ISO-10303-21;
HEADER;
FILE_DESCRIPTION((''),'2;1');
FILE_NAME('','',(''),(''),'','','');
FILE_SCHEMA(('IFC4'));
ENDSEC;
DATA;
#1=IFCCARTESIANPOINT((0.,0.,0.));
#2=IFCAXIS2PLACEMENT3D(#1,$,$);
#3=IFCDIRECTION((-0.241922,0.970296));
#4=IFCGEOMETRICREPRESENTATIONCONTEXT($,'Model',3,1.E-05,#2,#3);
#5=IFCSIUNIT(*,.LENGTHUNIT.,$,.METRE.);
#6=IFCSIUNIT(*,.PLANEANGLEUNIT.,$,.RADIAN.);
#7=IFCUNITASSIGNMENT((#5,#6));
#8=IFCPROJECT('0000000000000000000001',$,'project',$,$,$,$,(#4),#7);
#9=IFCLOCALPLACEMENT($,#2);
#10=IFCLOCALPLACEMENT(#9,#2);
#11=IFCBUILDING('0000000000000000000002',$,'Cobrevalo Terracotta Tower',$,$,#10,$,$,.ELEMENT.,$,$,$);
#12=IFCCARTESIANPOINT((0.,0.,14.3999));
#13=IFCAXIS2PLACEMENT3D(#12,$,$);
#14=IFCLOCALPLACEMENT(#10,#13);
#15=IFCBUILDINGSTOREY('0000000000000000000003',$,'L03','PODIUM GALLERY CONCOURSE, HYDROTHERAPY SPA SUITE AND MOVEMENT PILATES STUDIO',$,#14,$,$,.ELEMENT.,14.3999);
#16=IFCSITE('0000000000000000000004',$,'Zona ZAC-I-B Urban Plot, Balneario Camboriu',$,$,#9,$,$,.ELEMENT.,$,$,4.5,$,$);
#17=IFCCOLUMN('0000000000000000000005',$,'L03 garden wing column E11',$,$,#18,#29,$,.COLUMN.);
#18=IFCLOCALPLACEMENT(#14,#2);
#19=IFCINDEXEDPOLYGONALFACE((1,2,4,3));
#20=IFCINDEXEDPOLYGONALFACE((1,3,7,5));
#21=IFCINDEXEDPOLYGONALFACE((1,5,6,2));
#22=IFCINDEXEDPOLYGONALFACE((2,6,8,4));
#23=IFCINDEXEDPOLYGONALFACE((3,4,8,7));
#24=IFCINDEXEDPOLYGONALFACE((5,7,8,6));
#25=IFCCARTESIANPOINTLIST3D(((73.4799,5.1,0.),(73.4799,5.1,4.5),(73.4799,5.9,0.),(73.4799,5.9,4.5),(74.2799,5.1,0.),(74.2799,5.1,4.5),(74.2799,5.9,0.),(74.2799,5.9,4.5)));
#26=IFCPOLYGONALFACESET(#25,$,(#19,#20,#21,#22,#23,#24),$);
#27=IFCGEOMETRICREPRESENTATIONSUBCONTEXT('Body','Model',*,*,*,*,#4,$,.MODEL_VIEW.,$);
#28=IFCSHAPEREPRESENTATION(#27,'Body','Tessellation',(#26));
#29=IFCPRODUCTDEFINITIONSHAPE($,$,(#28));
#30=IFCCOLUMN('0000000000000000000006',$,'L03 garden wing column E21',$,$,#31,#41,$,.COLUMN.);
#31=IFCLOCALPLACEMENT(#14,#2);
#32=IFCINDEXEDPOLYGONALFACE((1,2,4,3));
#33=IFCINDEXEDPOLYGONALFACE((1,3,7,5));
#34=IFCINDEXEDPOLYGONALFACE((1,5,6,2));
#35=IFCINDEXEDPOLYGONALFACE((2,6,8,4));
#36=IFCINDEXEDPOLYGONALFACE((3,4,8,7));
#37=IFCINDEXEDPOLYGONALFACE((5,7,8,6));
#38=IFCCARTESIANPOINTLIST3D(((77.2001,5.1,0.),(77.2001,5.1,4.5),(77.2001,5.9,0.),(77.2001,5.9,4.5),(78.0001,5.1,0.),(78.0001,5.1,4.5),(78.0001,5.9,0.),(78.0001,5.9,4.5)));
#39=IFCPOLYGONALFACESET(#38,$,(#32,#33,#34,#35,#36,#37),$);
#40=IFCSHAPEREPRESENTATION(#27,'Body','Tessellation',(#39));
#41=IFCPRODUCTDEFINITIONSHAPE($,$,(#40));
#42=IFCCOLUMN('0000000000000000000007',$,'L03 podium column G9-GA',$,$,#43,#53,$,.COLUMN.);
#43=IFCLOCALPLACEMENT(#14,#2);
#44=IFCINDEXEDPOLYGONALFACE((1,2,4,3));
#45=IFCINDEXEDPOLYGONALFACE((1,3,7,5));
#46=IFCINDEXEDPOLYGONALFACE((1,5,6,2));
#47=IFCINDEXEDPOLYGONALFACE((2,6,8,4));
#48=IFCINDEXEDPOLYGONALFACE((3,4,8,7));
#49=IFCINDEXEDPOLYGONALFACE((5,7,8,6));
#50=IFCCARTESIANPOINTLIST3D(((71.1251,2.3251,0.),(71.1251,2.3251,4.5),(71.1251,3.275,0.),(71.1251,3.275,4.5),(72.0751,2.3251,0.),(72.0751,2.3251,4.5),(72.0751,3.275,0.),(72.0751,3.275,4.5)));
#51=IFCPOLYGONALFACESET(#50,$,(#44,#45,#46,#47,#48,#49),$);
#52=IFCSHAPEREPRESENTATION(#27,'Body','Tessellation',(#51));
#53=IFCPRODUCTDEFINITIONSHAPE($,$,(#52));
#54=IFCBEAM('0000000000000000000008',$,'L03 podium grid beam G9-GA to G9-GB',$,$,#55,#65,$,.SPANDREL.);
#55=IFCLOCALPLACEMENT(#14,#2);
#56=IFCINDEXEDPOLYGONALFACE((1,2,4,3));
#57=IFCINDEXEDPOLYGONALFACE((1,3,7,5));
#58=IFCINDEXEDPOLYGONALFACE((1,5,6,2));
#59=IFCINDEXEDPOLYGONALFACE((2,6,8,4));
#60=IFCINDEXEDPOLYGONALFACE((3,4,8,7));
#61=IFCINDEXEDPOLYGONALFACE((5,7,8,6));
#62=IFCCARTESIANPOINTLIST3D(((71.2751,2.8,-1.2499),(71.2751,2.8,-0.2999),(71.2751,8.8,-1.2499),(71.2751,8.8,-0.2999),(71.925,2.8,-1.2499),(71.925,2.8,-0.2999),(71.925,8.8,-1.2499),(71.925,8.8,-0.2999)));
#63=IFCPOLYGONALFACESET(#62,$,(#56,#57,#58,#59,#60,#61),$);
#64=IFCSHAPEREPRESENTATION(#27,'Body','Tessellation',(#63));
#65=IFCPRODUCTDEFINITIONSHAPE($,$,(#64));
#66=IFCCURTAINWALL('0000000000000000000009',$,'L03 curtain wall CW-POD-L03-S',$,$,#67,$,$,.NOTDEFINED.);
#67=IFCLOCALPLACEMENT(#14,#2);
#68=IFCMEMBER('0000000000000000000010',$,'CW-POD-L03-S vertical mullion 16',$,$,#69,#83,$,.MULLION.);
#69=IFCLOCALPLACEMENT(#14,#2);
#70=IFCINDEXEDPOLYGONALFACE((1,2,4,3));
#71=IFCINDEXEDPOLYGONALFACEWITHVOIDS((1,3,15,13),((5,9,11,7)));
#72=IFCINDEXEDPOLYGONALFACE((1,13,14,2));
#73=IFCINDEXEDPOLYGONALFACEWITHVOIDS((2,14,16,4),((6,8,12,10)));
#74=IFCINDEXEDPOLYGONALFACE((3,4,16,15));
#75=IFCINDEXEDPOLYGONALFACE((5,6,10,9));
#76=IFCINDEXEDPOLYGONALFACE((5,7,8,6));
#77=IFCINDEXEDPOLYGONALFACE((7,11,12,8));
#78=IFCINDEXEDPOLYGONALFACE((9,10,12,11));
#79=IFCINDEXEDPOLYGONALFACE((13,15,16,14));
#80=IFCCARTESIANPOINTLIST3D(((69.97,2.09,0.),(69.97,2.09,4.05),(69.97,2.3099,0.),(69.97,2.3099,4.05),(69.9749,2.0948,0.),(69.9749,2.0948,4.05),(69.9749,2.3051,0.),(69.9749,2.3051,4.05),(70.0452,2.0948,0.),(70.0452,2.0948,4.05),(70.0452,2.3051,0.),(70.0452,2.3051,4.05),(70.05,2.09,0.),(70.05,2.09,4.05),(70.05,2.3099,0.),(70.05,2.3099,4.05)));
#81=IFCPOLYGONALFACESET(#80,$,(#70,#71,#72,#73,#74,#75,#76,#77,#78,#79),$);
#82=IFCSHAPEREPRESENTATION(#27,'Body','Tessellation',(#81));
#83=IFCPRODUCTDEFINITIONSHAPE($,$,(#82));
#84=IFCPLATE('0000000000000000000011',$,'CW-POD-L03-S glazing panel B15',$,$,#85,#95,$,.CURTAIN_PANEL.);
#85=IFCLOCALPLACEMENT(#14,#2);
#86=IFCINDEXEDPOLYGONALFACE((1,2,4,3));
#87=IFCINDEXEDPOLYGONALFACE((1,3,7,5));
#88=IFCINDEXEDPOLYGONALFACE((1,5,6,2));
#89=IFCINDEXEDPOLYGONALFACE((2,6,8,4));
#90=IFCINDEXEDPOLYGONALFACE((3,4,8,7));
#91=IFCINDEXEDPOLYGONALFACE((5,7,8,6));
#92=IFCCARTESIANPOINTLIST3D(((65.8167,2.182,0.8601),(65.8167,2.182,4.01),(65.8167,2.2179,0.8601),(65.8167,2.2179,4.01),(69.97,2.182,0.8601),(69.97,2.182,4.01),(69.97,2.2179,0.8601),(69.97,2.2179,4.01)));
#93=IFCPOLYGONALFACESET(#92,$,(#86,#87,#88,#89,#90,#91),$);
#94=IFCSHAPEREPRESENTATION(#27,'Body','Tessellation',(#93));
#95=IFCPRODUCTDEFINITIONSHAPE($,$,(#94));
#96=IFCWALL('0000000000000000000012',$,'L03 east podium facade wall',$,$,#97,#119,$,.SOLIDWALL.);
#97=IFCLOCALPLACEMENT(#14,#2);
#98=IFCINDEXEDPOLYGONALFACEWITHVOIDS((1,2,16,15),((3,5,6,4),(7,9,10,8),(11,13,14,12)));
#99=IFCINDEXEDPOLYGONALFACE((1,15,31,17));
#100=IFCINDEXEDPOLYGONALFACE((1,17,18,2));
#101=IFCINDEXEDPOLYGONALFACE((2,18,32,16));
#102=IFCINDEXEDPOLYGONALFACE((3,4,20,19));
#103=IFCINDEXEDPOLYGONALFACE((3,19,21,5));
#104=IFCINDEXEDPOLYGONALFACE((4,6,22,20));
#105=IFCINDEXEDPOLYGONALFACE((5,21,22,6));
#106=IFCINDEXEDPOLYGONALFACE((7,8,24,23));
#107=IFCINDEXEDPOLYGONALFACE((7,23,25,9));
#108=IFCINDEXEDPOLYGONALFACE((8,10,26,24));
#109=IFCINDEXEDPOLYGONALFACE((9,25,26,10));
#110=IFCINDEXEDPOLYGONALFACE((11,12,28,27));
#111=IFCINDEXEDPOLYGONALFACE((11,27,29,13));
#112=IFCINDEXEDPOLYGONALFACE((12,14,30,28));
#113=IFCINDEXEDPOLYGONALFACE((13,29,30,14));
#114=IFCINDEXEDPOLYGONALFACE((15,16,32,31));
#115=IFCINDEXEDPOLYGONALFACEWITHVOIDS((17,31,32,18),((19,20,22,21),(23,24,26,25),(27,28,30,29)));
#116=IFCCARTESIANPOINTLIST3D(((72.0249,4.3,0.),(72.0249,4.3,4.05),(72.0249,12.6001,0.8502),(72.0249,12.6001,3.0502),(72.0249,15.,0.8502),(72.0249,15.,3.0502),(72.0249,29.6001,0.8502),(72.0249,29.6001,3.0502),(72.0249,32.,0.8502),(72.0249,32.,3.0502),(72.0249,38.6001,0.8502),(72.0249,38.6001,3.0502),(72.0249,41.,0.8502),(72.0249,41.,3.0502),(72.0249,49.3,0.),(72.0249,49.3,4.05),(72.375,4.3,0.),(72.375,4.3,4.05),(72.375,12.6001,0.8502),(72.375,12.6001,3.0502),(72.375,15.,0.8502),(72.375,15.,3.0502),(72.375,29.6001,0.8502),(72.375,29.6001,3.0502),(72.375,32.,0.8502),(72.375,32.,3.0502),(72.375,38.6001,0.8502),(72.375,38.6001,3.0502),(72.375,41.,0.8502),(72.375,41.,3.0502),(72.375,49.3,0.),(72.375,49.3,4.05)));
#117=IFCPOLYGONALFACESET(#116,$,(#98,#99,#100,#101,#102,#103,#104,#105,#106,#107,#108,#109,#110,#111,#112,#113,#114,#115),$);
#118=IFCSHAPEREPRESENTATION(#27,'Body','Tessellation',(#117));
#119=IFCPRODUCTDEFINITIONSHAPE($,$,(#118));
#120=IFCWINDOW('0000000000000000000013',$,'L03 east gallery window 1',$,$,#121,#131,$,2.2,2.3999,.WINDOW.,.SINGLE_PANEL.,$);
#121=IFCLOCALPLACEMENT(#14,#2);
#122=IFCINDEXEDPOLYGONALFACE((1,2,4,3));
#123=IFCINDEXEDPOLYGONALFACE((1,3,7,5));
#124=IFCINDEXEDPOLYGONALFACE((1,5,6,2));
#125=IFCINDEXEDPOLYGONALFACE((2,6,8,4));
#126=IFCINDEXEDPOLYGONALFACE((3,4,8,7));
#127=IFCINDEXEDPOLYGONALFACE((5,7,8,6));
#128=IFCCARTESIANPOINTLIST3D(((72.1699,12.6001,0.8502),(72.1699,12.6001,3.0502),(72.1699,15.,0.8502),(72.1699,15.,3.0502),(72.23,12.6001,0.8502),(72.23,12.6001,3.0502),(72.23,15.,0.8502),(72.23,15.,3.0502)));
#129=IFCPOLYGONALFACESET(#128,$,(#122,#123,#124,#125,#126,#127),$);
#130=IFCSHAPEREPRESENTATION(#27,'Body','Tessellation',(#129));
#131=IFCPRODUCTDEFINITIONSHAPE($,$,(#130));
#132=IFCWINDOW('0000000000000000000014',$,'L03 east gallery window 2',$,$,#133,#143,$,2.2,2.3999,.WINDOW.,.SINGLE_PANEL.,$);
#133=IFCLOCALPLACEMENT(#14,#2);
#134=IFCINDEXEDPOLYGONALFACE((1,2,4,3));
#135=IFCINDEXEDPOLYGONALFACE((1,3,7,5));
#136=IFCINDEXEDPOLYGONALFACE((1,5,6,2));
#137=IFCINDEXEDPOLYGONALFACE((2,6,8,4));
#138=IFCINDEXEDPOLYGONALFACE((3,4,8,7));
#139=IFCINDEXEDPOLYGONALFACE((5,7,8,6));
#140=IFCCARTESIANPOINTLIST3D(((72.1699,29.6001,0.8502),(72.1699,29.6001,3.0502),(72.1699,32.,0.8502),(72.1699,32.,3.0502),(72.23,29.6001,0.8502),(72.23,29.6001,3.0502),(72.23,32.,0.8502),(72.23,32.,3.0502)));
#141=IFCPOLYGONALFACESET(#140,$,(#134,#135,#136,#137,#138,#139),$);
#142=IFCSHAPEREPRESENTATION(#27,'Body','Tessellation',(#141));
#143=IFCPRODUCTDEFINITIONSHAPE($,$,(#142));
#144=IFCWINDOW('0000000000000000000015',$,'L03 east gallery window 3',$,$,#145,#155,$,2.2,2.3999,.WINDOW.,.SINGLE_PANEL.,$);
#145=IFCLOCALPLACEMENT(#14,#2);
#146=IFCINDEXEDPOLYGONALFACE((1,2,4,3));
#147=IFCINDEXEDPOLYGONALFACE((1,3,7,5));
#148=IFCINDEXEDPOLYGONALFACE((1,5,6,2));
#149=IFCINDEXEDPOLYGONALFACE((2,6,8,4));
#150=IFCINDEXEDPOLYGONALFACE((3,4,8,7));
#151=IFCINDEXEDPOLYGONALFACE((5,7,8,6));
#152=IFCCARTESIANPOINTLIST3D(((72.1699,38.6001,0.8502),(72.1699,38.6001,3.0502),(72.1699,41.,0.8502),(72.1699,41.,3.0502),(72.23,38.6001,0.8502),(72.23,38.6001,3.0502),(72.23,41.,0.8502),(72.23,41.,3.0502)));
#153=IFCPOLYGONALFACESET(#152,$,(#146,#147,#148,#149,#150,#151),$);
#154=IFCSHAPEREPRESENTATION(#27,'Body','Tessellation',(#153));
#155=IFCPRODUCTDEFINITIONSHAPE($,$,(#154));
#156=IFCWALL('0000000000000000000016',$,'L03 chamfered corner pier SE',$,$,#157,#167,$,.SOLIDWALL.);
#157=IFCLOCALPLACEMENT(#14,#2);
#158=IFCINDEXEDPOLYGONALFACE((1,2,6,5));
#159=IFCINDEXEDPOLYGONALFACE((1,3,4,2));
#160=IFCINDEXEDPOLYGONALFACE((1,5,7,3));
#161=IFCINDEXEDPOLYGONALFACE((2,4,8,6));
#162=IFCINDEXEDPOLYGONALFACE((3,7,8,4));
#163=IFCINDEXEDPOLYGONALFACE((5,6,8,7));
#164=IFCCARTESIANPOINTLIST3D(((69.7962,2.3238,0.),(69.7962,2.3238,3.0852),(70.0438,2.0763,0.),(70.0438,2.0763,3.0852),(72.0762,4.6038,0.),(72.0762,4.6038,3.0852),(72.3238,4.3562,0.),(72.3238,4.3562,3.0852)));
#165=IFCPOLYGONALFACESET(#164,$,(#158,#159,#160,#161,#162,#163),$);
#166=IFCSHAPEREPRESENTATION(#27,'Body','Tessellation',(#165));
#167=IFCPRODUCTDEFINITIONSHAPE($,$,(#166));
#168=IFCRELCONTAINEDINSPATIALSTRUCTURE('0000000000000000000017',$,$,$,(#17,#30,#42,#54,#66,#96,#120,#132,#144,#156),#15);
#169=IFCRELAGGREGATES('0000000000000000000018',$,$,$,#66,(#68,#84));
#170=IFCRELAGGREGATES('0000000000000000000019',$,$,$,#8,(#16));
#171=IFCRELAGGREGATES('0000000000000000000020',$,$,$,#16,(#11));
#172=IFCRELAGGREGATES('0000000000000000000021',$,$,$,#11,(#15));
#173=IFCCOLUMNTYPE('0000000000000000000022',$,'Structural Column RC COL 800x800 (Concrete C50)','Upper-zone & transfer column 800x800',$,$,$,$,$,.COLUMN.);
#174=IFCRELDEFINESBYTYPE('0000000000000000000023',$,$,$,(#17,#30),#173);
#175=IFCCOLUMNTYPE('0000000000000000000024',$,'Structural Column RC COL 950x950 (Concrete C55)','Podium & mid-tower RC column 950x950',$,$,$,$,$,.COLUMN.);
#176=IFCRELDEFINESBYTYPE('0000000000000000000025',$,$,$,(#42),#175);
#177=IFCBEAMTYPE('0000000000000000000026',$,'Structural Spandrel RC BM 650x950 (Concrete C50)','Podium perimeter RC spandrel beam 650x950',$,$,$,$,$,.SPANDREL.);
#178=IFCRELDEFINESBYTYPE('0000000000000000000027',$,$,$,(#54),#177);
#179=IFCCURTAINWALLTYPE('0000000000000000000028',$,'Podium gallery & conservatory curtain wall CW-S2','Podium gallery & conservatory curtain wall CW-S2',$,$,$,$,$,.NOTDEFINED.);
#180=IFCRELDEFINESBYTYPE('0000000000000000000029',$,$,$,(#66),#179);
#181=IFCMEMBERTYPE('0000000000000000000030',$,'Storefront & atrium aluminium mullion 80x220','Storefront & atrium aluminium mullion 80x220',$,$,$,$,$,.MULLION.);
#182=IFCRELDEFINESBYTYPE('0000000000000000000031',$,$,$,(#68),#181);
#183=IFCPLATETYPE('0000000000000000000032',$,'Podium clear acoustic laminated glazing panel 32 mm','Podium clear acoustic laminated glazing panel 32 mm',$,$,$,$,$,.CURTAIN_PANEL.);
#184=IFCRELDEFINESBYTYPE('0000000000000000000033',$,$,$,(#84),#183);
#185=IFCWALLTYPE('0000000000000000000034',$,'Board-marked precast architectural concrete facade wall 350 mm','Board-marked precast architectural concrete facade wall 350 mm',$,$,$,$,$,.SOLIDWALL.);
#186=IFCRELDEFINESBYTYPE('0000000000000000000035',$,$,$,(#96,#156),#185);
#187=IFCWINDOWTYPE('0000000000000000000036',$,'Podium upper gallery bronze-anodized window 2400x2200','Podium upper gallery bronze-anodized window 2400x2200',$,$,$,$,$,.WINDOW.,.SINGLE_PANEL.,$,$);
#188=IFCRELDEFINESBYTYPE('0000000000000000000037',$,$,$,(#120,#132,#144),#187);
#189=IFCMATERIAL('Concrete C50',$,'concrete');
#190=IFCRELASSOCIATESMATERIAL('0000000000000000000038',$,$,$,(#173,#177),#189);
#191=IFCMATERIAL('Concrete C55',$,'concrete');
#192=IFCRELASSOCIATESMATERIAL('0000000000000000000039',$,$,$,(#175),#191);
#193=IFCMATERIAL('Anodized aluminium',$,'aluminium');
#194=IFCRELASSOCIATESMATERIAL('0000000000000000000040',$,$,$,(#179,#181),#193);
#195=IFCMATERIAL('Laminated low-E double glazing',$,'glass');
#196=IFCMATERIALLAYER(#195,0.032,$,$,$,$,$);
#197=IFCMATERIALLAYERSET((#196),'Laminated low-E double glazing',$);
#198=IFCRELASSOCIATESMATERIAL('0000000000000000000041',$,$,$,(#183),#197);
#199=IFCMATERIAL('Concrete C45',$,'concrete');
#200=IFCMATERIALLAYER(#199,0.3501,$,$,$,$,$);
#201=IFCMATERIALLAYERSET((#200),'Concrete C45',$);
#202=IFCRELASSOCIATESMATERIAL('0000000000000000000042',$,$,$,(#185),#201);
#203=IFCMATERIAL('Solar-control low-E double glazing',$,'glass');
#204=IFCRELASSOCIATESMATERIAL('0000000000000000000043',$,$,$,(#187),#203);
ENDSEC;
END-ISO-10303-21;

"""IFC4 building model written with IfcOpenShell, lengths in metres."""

from ifc_helpers import new_model, si_unit, direction, frame, frame_2d, origin, origin_2d, place, context, subcontext, project, spatial, rectangle, hollow_rectangle, extrude, source, transform, mapped, material, layer, layer_set, material_profile, profile_set, type_object, element, fill, aggregate, save


model = new_model("IFC4")

# Units and contexts
model_context = context("Model", 3, precision=1e-05, world=origin(), true_north=direction((-0.241922, 0.970296)))
body_context = subcontext(model_context, "Body", "Model", "MODEL_VIEW")
ifc_project = project(units=[si_unit("LENGTHUNIT", "METRE"), si_unit("PLANEANGLEUNIT", "RADIAN")], contexts=[model_context])

# Site, building, storey
site_placement = place(None, origin())
site = spatial("IfcSite", under=ifc_project, at=site_placement, Name="Zona ZAC-I-B Urban Plot, Balneario Camboriu", CompositionType="ELEMENT", RefElevation=4.5)
building_placement = place(site_placement, origin())
building = spatial("IfcBuilding", under=site, at=building_placement, Name="Cobrevalo Terracotta Tower", CompositionType="ELEMENT")
storey_placement = place(building_placement, frame((0.0, 0.0, 14.3999)))
storey = spatial("IfcBuildingStorey", under=building, at=storey_placement, Name="L03", Description="PODIUM GALLERY CONCOURSE, HYDROTHERAPY SPA SUITE AND MOVEMENT PILATES STUDIO", CompositionType="ELEMENT", Elevation=14.3999)

# Columns
ifc_material_1 = material(Name="Concrete C50", Category="concrete")
ifc_material_profile_1 = material_profile(ifc_material_1, rectangle(XDim=0.8, YDim=0.8, at=origin_2d()), Name="RC COL 800x800")
ifc_profile_set_1 = profile_set([ifc_material_profile_1], Name="Concrete C50")
column_type_1 = type_object("IfcColumnType", Name="Structural Column RC COL 800x800 (Concrete C50)", Description="Upper-zone & transfer column 800x800", PredefinedType="COLUMN", material=ifc_profile_set_1)
for number, where, z_axis, x_axis, name in (
    (1, (73.8799, 5.5, 0.0), (0.0, 0.0, 1.0), (1.0, 0.0, 0.0), "L03 garden wing column E11"),
    (2, (77.6001, 5.5, 0.0), (0.0, 0.0, 1.0), (1.0, 0.0, 0.0), "L03 garden wing column E21"),
):
    element("IfcColumn", number, at=place(storey_placement, frame(where, z_axis=z_axis, x_axis=x_axis)), inside=storey, type_object=column_type_1, Name=name, PredefinedType="COLUMN", context=body_context, shape_type="SweptSolid", body=[
        extrude(rectangle(XDim=0.8, YDim=0.8, at=origin_2d()), origin(), (0.0, 0.0, 1.0), 4.5),
    ])
ifc_material_2 = material(Name="Concrete C55", Category="concrete")
ifc_material_profile_2 = material_profile(ifc_material_2, rectangle(XDim=0.95, YDim=0.95, at=origin_2d()), Name="RC COL 950x950")
ifc_profile_set_2 = profile_set([ifc_material_profile_2], Name="Concrete C55")
column_type_2 = type_object("IfcColumnType", Name="Structural Column RC COL 950x950 (Concrete C55)", Description="Podium & mid-tower RC column 950x950", PredefinedType="COLUMN", material=ifc_profile_set_2)
column_placement = place(storey_placement, frame((71.6001, 2.8, 0.0), z_axis=(0.0, 0.0, 1.0), x_axis=(1.0, 0.0, 0.0)))
element("IfcColumn", 3, at=column_placement, inside=storey, type_object=column_type_2, Name="L03 podium column G9-GA", PredefinedType="COLUMN", context=body_context, shape_type="SweptSolid", body=[
    extrude(rectangle(XDim=0.95, YDim=0.95, at=origin_2d()), origin(), (0.0, 0.0, 1.0), 4.5),
])

# Beam
ifc_material_profile_3 = material_profile(ifc_material_1, rectangle(XDim=0.6499, YDim=0.95, at=origin_2d()), Name="RC BM 650x950")
ifc_profile_set_3 = profile_set([ifc_material_profile_3], Name="Concrete C50")
beam_type = type_object("IfcBeamType", Name="Structural Spandrel RC BM 650x950 (Concrete C50)", Description="Podium perimeter RC spandrel beam 650x950", PredefinedType="SPANDREL", material=ifc_profile_set_3)
beam_placement = place(storey_placement, frame((71.6001, 2.8, -0.7749), z_axis=(0.0, 1.0, 0.0), x_axis=(-1.0, 0.0, 0.0)))
element("IfcBeam", 4, at=beam_placement, inside=storey, type_object=beam_type, Name="L03 podium grid beam G9-GA to G9-GB", PredefinedType="SPANDREL", context=body_context, shape_type="SweptSolid", body=[
    extrude(rectangle(XDim=0.6499, YDim=0.95, at=origin_2d()), origin(), (0.0, 0.0, 1.0), 6.0),
])

# Curtain wall, member, plate
ifc_material_3 = material(Name="Anodized aluminium", Category="aluminium")
curtain_wall_type = type_object("IfcCurtainWallType", Name="Podium gallery & conservatory curtain wall CW-S2", Description="Podium gallery & conservatory curtain wall CW-S2", PredefinedType="NOTDEFINED", material=ifc_material_3)
curtain_wall_placement = place(storey_placement, origin())
curtain_wall = element("IfcCurtainWall", 5, at=curtain_wall_placement, inside=storey, type_object=curtain_wall_type, Name="L03 curtain wall CW-POD-L03-S", PredefinedType="NOTDEFINED")
ifc_material_profile_4 = material_profile(ifc_material_3, hollow_rectangle(XDim=0.0801, YDim=0.22, WallThickness=0.0049, at=origin_2d()), Name="CWM 80x220")
ifc_profile_set_4 = profile_set([ifc_material_profile_4], Name="Anodized aluminium")
member_type = type_object("IfcMemberType", Name="Storefront & atrium aluminium mullion 80x220", Description="Storefront & atrium aluminium mullion 80x220", PredefinedType="MULLION", material=ifc_profile_set_4)
shared_shape_1 = source(origin(), body_context, "Body", "SweptSolid", [
    extrude(hollow_rectangle(XDim=0.0801, YDim=0.22, WallThickness=0.0049, at=origin_2d()), origin(), (0.0, 0.0, 1.0), 4.05),
])
member_placement = place(storey_placement, frame((70.01, 2.2, 0.0), z_axis=(0.0, 0.0, 1.0), x_axis=(1.0, 0.0, 0.0)))
member = element("IfcMember", 6, at=member_placement, type_object=member_type, Name="CW-POD-L03-S vertical mullion 16", PredefinedType="MULLION", context=body_context, shape_type="MappedRepresentation", body=[
    mapped(shared_shape_1, transform((0.0, 0.0, 0.0), scale=1.0)),
])
ifc_material_4 = material(Name="Laminated low-E double glazing", Category="glass")
ifc_layer_1 = layer(ifc_material_4, 0.032)
ifc_layer_set_1 = layer_set([ifc_layer_1], Name="Laminated low-E double glazing")
plate_type = type_object("IfcPlateType", Name="Podium clear acoustic laminated glazing panel 32 mm", Description="Podium clear acoustic laminated glazing panel 32 mm", PredefinedType="CURTAIN_PANEL", material=ifc_layer_set_1)
shared_shape_2 = source(origin(), body_context, "Body", "SweptSolid", [
    extrude(rectangle(XDim=4.1533, YDim=0.0359, at=origin_2d()), origin(), (0.0, 0.0, 1.0), 3.1499),
])
plate_placement = place(storey_placement, frame((67.8933, 2.2, 0.8601), z_axis=(0.0, 0.0, 1.0), x_axis=(1.0, 0.0, 0.0)))
plate = element("IfcPlate", 7, at=plate_placement, type_object=plate_type, Name="CW-POD-L03-S glazing panel B15", PredefinedType="CURTAIN_PANEL", context=body_context, shape_type="MappedRepresentation", body=[
    mapped(shared_shape_2, transform((0.0, 0.0, 0.0), scale=1.0)),
])
aggregate(curtain_wall, [member, plate])

# Wall, openings, windows
ifc_material_5 = material(Name="Concrete C45", Category="concrete")
ifc_layer_2 = layer(ifc_material_5, 0.3501)
ifc_layer_set_2 = layer_set([ifc_layer_2], Name="Concrete C45")
wall_type_1 = type_object("IfcWallType", Name="Board-marked precast architectural concrete facade wall 350 mm", Description="Board-marked precast architectural concrete facade wall 350 mm", PredefinedType="SOLIDWALL", material=ifc_layer_set_2)
wall_1_placement = place(storey_placement, frame((72.2, 4.3, 0.0), z_axis=(0.0, 0.0, 1.0), x_axis=(0.0, 1.0, 0.0)))
wall_1 = element("IfcWall", 8, at=wall_1_placement, inside=storey, type_object=wall_type_1, Name="L03 east podium facade wall", PredefinedType="SOLIDWALL", context=body_context, shape_type="SweptSolid", body=[
    extrude(rectangle(XDim=45.0, YDim=0.3501, at=frame_2d((22.5, 0.0))), origin(), (0.0, 0.0, 1.0), 4.05),
])
opening_1_placement = place(wall_1_placement, frame((8.3, 0.0, 0.8501)))
opening_1 = element("IfcOpeningElement", 9, at=opening_1_placement, cuts=wall_1, PredefinedType="OPENING", context=body_context, shape_type="SweptSolid", body=[
    extrude(rectangle(XDim=2.3999, YDim=2.2, at=frame_2d((1.2, 1.1001))), frame((0.0, 0.1851, 0.0), z_axis=(0.0, -1.0, 0.0), x_axis=(1.0, 0.0, 0.0)), (0.0, 0.0, 1.0), 0.3701),
])
opening_2_placement = place(wall_1_placement, frame((25.3, 0.0, 0.8501)))
opening_2 = element("IfcOpeningElement", 10, at=opening_2_placement, cuts=wall_1, PredefinedType="OPENING", context=body_context, shape_type="SweptSolid", body=[
    extrude(rectangle(XDim=2.3999, YDim=2.2, at=frame_2d((1.2, 1.1001))), frame((0.0, 0.1851, 0.0), z_axis=(0.0, -1.0, 0.0), x_axis=(1.0, 0.0, 0.0)), (0.0, 0.0, 1.0), 0.3701),
])
opening_3_placement = place(wall_1_placement, frame((34.3, 0.0, 0.8501)))
opening_3 = element("IfcOpeningElement", 11, at=opening_3_placement, cuts=wall_1, PredefinedType="OPENING", context=body_context, shape_type="SweptSolid", body=[
    extrude(rectangle(XDim=2.3999, YDim=2.2, at=frame_2d((1.2, 1.1001))), frame((0.0, 0.1851, 0.0), z_axis=(0.0, -1.0, 0.0), x_axis=(1.0, 0.0, 0.0)), (0.0, 0.0, 1.0), 0.3701),
])
ifc_material_6 = material(Name="Solar-control low-E double glazing", Category="glass")
window_type = type_object("IfcWindowType", Name="Podium upper gallery bronze-anodized window 2400x2200", Description="Podium upper gallery bronze-anodized window 2400x2200", PartitioningType="SINGLE_PANEL", PredefinedType="WINDOW", material=ifc_material_6)
shared_shape_3 = source(origin(), body_context, "Body", "SweptSolid", [
    extrude(rectangle(XDim=2.3999, YDim=2.2, at=frame_2d((1.2, 1.1001))), frame((0.0, 0.03, 0.0), z_axis=(0.0, -1.0, 0.0), x_axis=(1.0, 0.0, 0.0)), (0.0, 0.0, 1.0), 0.0601),
])
window_1_placement = place(opening_1_placement, origin())
window_1 = element("IfcWindow", 12, at=window_1_placement, inside=storey, type_object=window_type, Name="L03 east gallery window 1", OverallHeight=2.2, OverallWidth=2.3999, PartitioningType="SINGLE_PANEL", PredefinedType="WINDOW", context=body_context, shape_type="MappedRepresentation", body=[
    mapped(shared_shape_3, transform((0.0, 0.0, 0.0), scale=1.0)),
])
fill(opening_1, window_1)
window_2_placement = place(opening_2_placement, origin())
window_2 = element("IfcWindow", 13, at=window_2_placement, inside=storey, type_object=window_type, Name="L03 east gallery window 2", OverallHeight=2.2, OverallWidth=2.3999, PartitioningType="SINGLE_PANEL", PredefinedType="WINDOW", context=body_context, shape_type="MappedRepresentation", body=[
    mapped(shared_shape_3, transform((0.0, 0.0, 0.0), scale=1.0)),
])
fill(opening_2, window_2)
window_3_placement = place(opening_3_placement, origin())
window_3 = element("IfcWindow", 14, at=window_3_placement, inside=storey, type_object=window_type, Name="L03 east gallery window 3", OverallHeight=2.2, OverallWidth=2.3999, PartitioningType="SINGLE_PANEL", PredefinedType="WINDOW", context=body_context, shape_type="MappedRepresentation", body=[
    mapped(shared_shape_3, transform((0.0, 0.0, 0.0), scale=1.0)),
])
fill(opening_3, window_3)

# Wall
wall_2_placement = place(storey_placement, frame((69.9199, 2.2, 0.0), z_axis=(0.0, 0.0, 1.0), x_axis=(0.707107, 0.707107, 0.0)))
element("IfcWall", 15, at=wall_2_placement, inside=storey, type_object=wall_type_1, Name="L03 chamfered corner pier SE", PredefinedType="SOLIDWALL", context=body_context, shape_type="SweptSolid", body=[
    extrude(rectangle(XDim=3.2244, YDim=0.3501, at=frame_2d((1.6123, 0.0))), origin(), (0.0, 0.0, 1.0), 3.0852),
])

save(model, "model.ifc")
